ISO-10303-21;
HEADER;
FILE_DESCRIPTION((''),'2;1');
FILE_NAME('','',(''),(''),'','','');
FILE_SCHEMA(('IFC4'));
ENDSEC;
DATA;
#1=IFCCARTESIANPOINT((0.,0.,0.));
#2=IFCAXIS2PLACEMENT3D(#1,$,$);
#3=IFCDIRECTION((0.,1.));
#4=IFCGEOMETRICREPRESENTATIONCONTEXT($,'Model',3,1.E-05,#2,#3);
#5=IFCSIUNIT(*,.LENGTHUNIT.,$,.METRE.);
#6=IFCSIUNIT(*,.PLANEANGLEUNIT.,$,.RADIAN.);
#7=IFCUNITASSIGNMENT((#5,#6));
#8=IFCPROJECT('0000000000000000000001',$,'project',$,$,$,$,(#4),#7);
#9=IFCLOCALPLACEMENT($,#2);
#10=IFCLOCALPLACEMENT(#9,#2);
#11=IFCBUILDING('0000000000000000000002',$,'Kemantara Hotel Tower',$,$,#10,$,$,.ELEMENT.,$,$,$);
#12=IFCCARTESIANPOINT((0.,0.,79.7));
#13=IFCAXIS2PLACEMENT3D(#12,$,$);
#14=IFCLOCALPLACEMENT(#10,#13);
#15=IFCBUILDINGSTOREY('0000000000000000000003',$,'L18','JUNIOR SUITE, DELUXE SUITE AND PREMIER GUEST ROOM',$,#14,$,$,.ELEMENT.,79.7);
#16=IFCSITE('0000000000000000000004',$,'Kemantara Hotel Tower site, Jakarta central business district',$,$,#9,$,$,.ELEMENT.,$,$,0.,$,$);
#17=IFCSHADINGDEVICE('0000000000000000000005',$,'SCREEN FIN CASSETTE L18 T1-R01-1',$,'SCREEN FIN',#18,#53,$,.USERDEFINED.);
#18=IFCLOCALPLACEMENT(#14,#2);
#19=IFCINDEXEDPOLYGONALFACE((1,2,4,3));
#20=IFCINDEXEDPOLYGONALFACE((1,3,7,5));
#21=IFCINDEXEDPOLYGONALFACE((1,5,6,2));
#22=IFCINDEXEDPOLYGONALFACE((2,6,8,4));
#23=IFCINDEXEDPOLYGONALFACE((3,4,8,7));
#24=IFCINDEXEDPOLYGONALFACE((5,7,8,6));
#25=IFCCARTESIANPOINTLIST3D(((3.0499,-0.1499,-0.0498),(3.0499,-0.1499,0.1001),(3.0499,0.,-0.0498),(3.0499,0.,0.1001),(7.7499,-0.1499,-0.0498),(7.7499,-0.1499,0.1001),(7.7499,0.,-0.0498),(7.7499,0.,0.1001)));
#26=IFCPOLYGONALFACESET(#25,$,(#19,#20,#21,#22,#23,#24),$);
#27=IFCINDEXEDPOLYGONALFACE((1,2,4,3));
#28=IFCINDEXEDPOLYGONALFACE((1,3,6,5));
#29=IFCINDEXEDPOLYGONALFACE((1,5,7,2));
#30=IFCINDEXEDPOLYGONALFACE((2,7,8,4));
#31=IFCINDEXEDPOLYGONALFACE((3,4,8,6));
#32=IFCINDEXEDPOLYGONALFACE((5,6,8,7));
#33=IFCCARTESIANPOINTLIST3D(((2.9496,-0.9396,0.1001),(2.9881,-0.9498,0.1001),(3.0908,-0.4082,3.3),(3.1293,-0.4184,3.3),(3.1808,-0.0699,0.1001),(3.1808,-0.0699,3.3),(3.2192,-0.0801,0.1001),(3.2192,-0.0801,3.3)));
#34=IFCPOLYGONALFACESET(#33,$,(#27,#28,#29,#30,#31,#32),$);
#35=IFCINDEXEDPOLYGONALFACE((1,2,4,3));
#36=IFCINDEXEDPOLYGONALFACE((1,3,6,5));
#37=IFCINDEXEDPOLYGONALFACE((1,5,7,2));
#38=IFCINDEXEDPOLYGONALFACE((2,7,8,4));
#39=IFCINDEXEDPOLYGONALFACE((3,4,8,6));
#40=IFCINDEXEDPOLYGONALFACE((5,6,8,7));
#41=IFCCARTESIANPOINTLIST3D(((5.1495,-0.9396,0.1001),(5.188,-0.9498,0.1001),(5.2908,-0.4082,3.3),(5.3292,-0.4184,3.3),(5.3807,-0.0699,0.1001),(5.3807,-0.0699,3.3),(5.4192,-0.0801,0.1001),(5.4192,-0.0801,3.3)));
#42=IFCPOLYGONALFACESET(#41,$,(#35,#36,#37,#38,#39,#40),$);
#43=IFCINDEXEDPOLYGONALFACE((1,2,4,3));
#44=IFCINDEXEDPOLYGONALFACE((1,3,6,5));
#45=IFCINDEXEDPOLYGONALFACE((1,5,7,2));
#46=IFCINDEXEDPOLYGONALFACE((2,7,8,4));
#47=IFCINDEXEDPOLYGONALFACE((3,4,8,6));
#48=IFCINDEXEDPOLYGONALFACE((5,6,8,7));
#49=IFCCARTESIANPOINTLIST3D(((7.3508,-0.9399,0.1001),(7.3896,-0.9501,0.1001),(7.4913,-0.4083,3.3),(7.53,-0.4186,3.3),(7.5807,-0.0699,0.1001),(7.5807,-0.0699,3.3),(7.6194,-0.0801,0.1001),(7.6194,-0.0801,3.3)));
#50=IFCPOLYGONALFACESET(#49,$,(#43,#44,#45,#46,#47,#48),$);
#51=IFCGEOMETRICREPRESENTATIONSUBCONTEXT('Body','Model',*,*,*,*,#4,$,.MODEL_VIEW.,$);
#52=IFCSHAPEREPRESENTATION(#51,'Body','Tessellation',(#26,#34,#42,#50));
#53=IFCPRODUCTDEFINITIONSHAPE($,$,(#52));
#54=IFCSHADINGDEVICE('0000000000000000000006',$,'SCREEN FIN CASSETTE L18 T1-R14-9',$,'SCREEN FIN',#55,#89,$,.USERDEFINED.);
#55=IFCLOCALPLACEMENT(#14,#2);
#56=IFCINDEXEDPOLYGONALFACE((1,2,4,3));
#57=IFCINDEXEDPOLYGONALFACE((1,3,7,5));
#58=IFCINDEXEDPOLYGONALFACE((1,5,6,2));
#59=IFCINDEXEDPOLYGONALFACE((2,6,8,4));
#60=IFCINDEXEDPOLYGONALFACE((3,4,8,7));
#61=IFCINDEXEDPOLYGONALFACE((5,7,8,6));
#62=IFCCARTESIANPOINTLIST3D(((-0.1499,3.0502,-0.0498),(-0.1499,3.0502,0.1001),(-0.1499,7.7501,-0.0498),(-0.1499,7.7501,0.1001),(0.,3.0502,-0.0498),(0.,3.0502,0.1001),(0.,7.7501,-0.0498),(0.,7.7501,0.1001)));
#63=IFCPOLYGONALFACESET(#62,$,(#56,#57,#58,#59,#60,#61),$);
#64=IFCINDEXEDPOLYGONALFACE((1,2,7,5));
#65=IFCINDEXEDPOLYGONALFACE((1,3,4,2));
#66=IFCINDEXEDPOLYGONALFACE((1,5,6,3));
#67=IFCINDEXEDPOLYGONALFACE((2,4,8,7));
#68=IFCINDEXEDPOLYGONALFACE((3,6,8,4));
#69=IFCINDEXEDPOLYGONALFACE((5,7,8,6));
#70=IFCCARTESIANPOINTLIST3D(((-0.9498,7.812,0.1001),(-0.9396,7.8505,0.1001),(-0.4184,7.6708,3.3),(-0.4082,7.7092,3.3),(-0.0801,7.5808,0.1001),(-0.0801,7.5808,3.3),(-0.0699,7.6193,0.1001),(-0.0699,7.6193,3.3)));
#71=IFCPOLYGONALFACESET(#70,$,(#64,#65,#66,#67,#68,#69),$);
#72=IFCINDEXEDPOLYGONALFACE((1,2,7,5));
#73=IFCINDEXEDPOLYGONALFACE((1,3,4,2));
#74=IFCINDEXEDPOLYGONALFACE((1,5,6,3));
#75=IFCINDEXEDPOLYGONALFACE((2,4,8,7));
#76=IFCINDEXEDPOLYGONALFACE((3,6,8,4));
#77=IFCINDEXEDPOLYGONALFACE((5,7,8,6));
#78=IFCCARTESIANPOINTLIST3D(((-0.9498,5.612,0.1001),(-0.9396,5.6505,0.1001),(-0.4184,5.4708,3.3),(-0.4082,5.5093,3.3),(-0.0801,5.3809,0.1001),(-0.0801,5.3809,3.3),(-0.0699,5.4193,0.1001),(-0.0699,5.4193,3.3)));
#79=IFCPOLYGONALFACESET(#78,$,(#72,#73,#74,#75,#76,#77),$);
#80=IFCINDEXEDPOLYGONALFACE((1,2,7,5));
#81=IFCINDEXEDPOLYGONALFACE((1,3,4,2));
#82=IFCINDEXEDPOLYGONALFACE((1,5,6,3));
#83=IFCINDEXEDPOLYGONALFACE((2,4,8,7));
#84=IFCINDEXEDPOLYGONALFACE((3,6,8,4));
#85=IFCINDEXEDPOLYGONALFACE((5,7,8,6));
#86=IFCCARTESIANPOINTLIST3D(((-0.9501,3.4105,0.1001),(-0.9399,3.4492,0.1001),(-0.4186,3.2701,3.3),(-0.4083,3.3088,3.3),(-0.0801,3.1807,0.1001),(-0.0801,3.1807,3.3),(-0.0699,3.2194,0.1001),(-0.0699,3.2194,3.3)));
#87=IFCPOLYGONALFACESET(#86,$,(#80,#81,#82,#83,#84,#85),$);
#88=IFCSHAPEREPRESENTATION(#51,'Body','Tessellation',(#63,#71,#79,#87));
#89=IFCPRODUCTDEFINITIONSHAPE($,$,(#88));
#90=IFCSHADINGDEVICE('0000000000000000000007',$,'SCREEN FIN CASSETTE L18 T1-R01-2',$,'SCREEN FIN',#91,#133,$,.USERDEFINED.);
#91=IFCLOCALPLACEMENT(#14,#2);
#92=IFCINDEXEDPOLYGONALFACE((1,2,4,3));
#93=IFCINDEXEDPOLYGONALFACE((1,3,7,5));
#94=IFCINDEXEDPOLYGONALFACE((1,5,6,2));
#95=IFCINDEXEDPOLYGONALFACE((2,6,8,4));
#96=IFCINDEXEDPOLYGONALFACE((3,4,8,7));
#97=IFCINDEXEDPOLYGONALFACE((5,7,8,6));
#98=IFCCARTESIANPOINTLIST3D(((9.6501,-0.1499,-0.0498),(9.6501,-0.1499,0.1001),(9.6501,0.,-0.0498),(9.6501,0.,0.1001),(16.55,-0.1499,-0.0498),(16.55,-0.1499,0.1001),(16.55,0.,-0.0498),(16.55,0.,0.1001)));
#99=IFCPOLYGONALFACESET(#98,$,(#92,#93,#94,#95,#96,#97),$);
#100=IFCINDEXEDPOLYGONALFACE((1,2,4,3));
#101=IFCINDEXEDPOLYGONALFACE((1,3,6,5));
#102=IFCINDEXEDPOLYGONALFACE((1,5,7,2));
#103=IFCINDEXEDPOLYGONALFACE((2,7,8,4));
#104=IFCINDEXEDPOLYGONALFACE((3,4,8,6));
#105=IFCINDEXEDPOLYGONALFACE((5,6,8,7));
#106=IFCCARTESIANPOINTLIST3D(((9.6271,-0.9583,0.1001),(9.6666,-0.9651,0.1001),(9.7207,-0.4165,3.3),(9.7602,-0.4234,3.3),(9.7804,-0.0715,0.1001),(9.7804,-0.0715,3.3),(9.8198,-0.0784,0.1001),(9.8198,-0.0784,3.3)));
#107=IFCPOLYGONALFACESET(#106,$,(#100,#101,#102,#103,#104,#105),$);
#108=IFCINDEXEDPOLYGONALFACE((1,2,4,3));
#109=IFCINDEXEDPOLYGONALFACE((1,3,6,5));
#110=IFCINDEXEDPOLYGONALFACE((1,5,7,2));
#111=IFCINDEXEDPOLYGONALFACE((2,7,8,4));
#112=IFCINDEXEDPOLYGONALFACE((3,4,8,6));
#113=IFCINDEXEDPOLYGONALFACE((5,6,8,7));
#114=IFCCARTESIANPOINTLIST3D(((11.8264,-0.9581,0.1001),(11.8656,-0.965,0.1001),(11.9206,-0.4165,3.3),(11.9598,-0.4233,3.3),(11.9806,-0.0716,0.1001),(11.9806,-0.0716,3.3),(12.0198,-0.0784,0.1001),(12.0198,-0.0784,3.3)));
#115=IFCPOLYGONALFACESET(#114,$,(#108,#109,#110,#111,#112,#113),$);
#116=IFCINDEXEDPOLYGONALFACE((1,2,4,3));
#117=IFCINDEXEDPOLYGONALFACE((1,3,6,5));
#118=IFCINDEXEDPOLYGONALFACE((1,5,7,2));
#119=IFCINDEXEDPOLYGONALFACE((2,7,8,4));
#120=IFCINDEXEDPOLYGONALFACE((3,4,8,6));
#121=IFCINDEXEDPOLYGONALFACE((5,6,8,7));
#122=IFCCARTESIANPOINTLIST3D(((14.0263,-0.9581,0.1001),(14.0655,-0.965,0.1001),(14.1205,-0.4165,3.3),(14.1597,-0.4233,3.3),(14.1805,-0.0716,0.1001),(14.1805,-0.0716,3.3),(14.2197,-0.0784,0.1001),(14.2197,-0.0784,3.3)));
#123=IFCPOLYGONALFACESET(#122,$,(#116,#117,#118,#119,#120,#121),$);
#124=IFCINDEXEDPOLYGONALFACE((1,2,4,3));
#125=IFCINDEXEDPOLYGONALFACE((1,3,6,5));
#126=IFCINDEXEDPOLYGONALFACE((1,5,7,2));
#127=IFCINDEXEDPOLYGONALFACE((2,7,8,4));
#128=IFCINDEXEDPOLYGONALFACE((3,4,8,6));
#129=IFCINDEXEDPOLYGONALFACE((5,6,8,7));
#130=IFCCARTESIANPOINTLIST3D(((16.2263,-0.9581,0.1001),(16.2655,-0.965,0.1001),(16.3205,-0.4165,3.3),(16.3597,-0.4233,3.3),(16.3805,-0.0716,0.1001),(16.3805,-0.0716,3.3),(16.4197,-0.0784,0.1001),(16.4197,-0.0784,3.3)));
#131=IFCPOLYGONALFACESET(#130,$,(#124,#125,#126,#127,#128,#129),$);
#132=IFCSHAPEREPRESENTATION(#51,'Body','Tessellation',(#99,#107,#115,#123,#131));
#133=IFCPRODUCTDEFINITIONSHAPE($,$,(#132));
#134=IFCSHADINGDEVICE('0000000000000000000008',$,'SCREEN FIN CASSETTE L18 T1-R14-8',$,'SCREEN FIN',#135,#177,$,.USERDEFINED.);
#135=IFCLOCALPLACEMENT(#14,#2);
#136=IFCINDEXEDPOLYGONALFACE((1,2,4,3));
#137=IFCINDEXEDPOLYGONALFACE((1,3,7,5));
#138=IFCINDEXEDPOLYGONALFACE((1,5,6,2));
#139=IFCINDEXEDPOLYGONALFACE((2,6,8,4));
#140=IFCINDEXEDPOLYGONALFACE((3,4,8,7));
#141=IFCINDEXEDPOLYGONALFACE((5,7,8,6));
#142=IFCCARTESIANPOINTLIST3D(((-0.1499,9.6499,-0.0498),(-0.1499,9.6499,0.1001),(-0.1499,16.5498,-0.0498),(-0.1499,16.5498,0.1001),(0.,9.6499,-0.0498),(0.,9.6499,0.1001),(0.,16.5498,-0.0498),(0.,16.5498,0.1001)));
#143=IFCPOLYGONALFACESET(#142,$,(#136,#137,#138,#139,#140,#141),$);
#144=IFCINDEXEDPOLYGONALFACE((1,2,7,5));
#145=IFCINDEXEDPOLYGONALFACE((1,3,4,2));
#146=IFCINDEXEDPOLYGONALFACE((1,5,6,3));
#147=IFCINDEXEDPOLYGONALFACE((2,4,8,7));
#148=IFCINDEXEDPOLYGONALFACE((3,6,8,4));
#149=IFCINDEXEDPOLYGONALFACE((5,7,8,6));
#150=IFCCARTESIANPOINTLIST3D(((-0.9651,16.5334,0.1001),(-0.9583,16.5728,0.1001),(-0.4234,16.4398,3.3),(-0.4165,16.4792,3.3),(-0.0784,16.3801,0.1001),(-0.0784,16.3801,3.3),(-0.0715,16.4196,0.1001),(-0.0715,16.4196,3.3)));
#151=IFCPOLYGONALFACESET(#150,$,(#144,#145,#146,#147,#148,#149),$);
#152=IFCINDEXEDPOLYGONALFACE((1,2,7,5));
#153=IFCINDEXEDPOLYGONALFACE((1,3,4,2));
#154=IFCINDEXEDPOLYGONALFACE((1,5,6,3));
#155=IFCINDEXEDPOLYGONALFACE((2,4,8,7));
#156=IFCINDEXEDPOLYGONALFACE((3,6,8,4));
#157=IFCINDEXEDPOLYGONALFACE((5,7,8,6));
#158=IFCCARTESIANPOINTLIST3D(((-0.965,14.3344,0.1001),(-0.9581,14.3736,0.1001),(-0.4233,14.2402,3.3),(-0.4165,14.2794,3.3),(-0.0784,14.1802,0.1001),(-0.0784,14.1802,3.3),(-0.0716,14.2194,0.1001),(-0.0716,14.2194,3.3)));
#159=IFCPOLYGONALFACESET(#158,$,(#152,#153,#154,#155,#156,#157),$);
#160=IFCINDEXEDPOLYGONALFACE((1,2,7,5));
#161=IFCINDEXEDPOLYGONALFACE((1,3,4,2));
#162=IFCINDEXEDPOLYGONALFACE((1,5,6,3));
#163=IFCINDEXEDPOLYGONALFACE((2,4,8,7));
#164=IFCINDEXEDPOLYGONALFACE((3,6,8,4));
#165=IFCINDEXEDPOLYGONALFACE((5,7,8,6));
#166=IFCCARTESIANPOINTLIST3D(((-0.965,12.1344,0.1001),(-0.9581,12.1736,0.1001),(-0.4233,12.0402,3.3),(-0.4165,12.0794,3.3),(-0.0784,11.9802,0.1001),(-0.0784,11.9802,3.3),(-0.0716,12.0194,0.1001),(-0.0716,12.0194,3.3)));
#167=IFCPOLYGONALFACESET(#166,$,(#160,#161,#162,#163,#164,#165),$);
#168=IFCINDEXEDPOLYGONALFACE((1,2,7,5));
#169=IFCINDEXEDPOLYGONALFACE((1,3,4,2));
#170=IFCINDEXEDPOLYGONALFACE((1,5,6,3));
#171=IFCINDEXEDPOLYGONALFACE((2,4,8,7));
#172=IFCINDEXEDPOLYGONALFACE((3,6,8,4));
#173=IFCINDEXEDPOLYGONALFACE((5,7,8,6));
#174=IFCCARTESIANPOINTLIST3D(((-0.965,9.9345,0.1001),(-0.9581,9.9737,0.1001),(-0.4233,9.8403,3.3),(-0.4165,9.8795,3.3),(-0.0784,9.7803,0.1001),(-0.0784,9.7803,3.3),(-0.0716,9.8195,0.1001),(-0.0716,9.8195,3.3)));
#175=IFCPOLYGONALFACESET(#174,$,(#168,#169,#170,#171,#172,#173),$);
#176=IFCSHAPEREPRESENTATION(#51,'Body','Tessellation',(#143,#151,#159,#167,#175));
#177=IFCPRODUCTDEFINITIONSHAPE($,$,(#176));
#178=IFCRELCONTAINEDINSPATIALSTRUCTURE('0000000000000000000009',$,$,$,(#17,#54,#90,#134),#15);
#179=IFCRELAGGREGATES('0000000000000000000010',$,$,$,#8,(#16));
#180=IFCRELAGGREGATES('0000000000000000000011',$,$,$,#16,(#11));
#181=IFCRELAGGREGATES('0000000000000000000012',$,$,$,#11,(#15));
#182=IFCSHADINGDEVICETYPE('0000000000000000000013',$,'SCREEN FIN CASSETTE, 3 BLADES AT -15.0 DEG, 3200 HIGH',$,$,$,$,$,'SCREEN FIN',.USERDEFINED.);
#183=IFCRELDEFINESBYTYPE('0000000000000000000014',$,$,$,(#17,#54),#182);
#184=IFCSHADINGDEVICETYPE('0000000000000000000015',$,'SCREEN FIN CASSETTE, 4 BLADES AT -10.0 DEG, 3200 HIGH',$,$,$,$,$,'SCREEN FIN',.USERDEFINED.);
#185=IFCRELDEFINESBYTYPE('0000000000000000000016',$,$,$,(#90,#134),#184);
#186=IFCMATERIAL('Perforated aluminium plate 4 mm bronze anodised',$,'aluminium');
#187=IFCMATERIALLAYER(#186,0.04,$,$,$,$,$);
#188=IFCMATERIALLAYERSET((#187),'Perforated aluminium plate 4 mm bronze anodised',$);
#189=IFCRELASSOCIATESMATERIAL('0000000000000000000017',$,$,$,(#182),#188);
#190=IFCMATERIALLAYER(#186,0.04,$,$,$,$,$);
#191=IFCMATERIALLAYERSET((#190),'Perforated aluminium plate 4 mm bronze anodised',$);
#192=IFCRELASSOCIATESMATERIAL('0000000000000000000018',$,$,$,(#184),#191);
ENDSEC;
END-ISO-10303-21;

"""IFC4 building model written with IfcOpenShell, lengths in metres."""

from ifc_helpers import new_model, si_unit, direction, frame, origin, origin_2d, place, context, subcontext, project, spatial, polyline, rectangle, outline, extrude, source, transform, mapped, material, layer, layer_set, type_object, element, save


model = new_model("IFC4")

# Units and contexts
model_context = context("Model", 3, precision=1e-05, world=origin(), true_north=direction((0.0, 1.0)))
body_context = subcontext(model_context, "Body", "Model", "MODEL_VIEW")
ifc_project = project(units=[si_unit("LENGTHUNIT", "METRE"), si_unit("PLANEANGLEUNIT", "RADIAN")], contexts=[model_context])

# Site, building, storey
site_placement = place(None, origin())
site = spatial("IfcSite", under=ifc_project, at=site_placement, Name="Kemantara Hotel Tower site, Jakarta central business district", CompositionType="ELEMENT", RefElevation=0.0)
building_placement = place(site_placement, origin())
building = spatial("IfcBuilding", under=site, at=building_placement, Name="Kemantara Hotel Tower", CompositionType="ELEMENT")
storey_placement = place(building_placement, frame((0.0, 0.0, 79.7)))
storey = spatial("IfcBuildingStorey", under=building, at=storey_placement, Name="L18", Description="JUNIOR SUITE, DELUXE SUITE AND PREMIER GUEST ROOM", CompositionType="ELEMENT", Elevation=79.7)

# Shading devices
ifc_material_1 = material(Name="Perforated aluminium plate 4 mm bronze anodised", Category="aluminium")
ifc_layer_1 = layer(ifc_material_1, 0.04)
ifc_layer_set_1 = layer_set([ifc_layer_1], Name="Perforated aluminium plate 4 mm bronze anodised")
shading_device_type_1 = type_object("IfcShadingDeviceType", Name="SCREEN FIN CASSETTE, 3 BLADES AT -15.0 DEG, 3200 HIGH", ElementType="SCREEN FIN", PredefinedType="USERDEFINED", material=ifc_layer_set_1)
shared_shape_1 = source(origin(), body_context, "Body", "SweptSolid", [
    extrude(rectangle(XDim=4.7, YDim=0.1499, at=origin_2d()), frame((2.2, -0.075, -0.1499), z_axis=(0.0, 0.0, 1.0), x_axis=(1.0, 0.0, 0.0)), (0.0, 0.0, 1.0), 0.1499),
    extrude(outline(polyline([(0.0, 0.0), (0.8999, 0.0), (0.3501, 3.2), (0.0, 3.2), (0.0, 0.0)])), frame((0.0193, -0.0801, 0.0), z_axis=(-0.966438, 0.256901, 0.0), x_axis=(-0.256901, -0.966438, 0.0)), (0.0, 0.0, 1.0), 0.0398),
    extrude(outline(polyline([(0.0, 0.0), (0.8999, 0.0), (0.3501, 3.2), (0.0, 3.2), (0.0, 0.0)])), frame((2.2192, -0.0801, 0.0), z_axis=(-0.966438, 0.256901, 0.0), x_axis=(-0.256901, -0.966438, 0.0)), (0.0, 0.0, 1.0), 0.0398),
    extrude(outline(polyline([(0.0, 0.0), (0.8999, 0.0), (0.3501, 3.2), (0.0, 3.2), (0.0, 0.0)])), frame((4.4194, -0.0801, 0.0), z_axis=(-0.966838, 0.255391, 0.0), x_axis=(-0.255391, -0.966838, 0.0)), (0.0, 0.0, 1.0), 0.04),
])
for number, where, z_axis, x_axis, name in (
    (1, (3.2, 0.0, 0.1001), (0.0, 0.0, 1.0), (1.0, 0.0, 0.0), "SCREEN FIN CASSETTE L18 T1-R01-1"),
    (2, (0.0, 7.6001, 0.1001), (0.0, 0.0, 1.0), (0.0, -1.0, 0.0), "SCREEN FIN CASSETTE L18 T1-R14-9"),
):
    element("IfcShadingDevice", number, at=place(storey_placement, frame(where, z_axis=z_axis, x_axis=x_axis)), inside=storey, type_object=shading_device_type_1, Name=name, ObjectType="SCREEN FIN", PredefinedType="USERDEFINED", context=body_context, shape_type="MappedRepresentation", body=[
        mapped(shared_shape_1, transform((0.0, 0.0, 0.0))),
    ])
ifc_layer_2 = layer(ifc_material_1, 0.04)
ifc_layer_set_2 = layer_set([ifc_layer_2], Name="Perforated aluminium plate 4 mm bronze anodised")
shading_device_type_2 = type_object("IfcShadingDeviceType", Name="SCREEN FIN CASSETTE, 4 BLADES AT -10.0 DEG, 3200 HIGH", ElementType="SCREEN FIN", PredefinedType="USERDEFINED", material=ifc_layer_set_2)
shared_shape_2 = source(origin(), body_context, "Body", "SweptSolid", [
    extrude(rectangle(XDim=6.8999, YDim=0.1499, at=origin_2d()), frame((3.3, -0.075, -0.1499), z_axis=(0.0, 0.0, 1.0), x_axis=(1.0, 0.0, 0.0)), (0.0, 0.0, 1.0), 0.1499),
    extrude(outline(polyline([(0.0, 0.0), (0.8999, 0.0), (0.3501, 3.2), (0.0, 3.2), (0.0, 0.0)])), frame((0.0198, -0.0784, 0.0), z_axis=(-0.98539, 0.170314, 0.0), x_axis=(-0.170314, -0.98539, 0.0)), (0.0, 0.0, 1.0), 0.04),
    extrude(outline(polyline([(0.0, 0.0), (0.8999, 0.0), (0.3501, 3.2), (0.0, 3.2), (0.0, 0.0)])), frame((2.2197, -0.0784, 0.0), z_axis=(-0.985212, 0.171341, 0.0), x_axis=(-0.171341, -0.985212, 0.0)), (0.0, 0.0, 1.0), 0.0398),
    extrude(outline(polyline([(0.0, 0.0), (0.8999, 0.0), (0.3501, 3.2), (0.0, 3.2), (0.0, 0.0)])), frame((4.4197, -0.0784, 0.0), z_axis=(-0.985212, 0.171341, 0.0), x_axis=(-0.171341, -0.985212, 0.0)), (0.0, 0.0, 1.0), 0.0398),
    extrude(outline(polyline([(0.0, 0.0), (0.8999, 0.0), (0.3501, 3.2), (0.0, 3.2), (0.0, 0.0)])), frame((6.6196, -0.0784, 0.0), z_axis=(-0.985212, 0.171341, 0.0), x_axis=(-0.171341, -0.985212, 0.0)), (0.0, 0.0, 1.0), 0.0398),
])
for number, where, z_axis, x_axis, name in (
    (3, (9.8, 0.0, 0.1001), (0.0, 0.0, 1.0), (1.0, 0.0, 0.0), "SCREEN FIN CASSETTE L18 T1-R01-2"),
    (4, (0.0, 16.3999, 0.1001), (0.0, 0.0, 1.0), (0.0, -1.0, 0.0), "SCREEN FIN CASSETTE L18 T1-R14-8"),
):
    element("IfcShadingDevice", number, at=place(storey_placement, frame(where, z_axis=z_axis, x_axis=x_axis)), inside=storey, type_object=shading_device_type_2, Name=name, ObjectType="SCREEN FIN", PredefinedType="USERDEFINED", context=body_context, shape_type="MappedRepresentation", body=[
        mapped(shared_shape_2, transform((0.0, 0.0, 0.0))),
    ])

save(model, "model.ifc")
